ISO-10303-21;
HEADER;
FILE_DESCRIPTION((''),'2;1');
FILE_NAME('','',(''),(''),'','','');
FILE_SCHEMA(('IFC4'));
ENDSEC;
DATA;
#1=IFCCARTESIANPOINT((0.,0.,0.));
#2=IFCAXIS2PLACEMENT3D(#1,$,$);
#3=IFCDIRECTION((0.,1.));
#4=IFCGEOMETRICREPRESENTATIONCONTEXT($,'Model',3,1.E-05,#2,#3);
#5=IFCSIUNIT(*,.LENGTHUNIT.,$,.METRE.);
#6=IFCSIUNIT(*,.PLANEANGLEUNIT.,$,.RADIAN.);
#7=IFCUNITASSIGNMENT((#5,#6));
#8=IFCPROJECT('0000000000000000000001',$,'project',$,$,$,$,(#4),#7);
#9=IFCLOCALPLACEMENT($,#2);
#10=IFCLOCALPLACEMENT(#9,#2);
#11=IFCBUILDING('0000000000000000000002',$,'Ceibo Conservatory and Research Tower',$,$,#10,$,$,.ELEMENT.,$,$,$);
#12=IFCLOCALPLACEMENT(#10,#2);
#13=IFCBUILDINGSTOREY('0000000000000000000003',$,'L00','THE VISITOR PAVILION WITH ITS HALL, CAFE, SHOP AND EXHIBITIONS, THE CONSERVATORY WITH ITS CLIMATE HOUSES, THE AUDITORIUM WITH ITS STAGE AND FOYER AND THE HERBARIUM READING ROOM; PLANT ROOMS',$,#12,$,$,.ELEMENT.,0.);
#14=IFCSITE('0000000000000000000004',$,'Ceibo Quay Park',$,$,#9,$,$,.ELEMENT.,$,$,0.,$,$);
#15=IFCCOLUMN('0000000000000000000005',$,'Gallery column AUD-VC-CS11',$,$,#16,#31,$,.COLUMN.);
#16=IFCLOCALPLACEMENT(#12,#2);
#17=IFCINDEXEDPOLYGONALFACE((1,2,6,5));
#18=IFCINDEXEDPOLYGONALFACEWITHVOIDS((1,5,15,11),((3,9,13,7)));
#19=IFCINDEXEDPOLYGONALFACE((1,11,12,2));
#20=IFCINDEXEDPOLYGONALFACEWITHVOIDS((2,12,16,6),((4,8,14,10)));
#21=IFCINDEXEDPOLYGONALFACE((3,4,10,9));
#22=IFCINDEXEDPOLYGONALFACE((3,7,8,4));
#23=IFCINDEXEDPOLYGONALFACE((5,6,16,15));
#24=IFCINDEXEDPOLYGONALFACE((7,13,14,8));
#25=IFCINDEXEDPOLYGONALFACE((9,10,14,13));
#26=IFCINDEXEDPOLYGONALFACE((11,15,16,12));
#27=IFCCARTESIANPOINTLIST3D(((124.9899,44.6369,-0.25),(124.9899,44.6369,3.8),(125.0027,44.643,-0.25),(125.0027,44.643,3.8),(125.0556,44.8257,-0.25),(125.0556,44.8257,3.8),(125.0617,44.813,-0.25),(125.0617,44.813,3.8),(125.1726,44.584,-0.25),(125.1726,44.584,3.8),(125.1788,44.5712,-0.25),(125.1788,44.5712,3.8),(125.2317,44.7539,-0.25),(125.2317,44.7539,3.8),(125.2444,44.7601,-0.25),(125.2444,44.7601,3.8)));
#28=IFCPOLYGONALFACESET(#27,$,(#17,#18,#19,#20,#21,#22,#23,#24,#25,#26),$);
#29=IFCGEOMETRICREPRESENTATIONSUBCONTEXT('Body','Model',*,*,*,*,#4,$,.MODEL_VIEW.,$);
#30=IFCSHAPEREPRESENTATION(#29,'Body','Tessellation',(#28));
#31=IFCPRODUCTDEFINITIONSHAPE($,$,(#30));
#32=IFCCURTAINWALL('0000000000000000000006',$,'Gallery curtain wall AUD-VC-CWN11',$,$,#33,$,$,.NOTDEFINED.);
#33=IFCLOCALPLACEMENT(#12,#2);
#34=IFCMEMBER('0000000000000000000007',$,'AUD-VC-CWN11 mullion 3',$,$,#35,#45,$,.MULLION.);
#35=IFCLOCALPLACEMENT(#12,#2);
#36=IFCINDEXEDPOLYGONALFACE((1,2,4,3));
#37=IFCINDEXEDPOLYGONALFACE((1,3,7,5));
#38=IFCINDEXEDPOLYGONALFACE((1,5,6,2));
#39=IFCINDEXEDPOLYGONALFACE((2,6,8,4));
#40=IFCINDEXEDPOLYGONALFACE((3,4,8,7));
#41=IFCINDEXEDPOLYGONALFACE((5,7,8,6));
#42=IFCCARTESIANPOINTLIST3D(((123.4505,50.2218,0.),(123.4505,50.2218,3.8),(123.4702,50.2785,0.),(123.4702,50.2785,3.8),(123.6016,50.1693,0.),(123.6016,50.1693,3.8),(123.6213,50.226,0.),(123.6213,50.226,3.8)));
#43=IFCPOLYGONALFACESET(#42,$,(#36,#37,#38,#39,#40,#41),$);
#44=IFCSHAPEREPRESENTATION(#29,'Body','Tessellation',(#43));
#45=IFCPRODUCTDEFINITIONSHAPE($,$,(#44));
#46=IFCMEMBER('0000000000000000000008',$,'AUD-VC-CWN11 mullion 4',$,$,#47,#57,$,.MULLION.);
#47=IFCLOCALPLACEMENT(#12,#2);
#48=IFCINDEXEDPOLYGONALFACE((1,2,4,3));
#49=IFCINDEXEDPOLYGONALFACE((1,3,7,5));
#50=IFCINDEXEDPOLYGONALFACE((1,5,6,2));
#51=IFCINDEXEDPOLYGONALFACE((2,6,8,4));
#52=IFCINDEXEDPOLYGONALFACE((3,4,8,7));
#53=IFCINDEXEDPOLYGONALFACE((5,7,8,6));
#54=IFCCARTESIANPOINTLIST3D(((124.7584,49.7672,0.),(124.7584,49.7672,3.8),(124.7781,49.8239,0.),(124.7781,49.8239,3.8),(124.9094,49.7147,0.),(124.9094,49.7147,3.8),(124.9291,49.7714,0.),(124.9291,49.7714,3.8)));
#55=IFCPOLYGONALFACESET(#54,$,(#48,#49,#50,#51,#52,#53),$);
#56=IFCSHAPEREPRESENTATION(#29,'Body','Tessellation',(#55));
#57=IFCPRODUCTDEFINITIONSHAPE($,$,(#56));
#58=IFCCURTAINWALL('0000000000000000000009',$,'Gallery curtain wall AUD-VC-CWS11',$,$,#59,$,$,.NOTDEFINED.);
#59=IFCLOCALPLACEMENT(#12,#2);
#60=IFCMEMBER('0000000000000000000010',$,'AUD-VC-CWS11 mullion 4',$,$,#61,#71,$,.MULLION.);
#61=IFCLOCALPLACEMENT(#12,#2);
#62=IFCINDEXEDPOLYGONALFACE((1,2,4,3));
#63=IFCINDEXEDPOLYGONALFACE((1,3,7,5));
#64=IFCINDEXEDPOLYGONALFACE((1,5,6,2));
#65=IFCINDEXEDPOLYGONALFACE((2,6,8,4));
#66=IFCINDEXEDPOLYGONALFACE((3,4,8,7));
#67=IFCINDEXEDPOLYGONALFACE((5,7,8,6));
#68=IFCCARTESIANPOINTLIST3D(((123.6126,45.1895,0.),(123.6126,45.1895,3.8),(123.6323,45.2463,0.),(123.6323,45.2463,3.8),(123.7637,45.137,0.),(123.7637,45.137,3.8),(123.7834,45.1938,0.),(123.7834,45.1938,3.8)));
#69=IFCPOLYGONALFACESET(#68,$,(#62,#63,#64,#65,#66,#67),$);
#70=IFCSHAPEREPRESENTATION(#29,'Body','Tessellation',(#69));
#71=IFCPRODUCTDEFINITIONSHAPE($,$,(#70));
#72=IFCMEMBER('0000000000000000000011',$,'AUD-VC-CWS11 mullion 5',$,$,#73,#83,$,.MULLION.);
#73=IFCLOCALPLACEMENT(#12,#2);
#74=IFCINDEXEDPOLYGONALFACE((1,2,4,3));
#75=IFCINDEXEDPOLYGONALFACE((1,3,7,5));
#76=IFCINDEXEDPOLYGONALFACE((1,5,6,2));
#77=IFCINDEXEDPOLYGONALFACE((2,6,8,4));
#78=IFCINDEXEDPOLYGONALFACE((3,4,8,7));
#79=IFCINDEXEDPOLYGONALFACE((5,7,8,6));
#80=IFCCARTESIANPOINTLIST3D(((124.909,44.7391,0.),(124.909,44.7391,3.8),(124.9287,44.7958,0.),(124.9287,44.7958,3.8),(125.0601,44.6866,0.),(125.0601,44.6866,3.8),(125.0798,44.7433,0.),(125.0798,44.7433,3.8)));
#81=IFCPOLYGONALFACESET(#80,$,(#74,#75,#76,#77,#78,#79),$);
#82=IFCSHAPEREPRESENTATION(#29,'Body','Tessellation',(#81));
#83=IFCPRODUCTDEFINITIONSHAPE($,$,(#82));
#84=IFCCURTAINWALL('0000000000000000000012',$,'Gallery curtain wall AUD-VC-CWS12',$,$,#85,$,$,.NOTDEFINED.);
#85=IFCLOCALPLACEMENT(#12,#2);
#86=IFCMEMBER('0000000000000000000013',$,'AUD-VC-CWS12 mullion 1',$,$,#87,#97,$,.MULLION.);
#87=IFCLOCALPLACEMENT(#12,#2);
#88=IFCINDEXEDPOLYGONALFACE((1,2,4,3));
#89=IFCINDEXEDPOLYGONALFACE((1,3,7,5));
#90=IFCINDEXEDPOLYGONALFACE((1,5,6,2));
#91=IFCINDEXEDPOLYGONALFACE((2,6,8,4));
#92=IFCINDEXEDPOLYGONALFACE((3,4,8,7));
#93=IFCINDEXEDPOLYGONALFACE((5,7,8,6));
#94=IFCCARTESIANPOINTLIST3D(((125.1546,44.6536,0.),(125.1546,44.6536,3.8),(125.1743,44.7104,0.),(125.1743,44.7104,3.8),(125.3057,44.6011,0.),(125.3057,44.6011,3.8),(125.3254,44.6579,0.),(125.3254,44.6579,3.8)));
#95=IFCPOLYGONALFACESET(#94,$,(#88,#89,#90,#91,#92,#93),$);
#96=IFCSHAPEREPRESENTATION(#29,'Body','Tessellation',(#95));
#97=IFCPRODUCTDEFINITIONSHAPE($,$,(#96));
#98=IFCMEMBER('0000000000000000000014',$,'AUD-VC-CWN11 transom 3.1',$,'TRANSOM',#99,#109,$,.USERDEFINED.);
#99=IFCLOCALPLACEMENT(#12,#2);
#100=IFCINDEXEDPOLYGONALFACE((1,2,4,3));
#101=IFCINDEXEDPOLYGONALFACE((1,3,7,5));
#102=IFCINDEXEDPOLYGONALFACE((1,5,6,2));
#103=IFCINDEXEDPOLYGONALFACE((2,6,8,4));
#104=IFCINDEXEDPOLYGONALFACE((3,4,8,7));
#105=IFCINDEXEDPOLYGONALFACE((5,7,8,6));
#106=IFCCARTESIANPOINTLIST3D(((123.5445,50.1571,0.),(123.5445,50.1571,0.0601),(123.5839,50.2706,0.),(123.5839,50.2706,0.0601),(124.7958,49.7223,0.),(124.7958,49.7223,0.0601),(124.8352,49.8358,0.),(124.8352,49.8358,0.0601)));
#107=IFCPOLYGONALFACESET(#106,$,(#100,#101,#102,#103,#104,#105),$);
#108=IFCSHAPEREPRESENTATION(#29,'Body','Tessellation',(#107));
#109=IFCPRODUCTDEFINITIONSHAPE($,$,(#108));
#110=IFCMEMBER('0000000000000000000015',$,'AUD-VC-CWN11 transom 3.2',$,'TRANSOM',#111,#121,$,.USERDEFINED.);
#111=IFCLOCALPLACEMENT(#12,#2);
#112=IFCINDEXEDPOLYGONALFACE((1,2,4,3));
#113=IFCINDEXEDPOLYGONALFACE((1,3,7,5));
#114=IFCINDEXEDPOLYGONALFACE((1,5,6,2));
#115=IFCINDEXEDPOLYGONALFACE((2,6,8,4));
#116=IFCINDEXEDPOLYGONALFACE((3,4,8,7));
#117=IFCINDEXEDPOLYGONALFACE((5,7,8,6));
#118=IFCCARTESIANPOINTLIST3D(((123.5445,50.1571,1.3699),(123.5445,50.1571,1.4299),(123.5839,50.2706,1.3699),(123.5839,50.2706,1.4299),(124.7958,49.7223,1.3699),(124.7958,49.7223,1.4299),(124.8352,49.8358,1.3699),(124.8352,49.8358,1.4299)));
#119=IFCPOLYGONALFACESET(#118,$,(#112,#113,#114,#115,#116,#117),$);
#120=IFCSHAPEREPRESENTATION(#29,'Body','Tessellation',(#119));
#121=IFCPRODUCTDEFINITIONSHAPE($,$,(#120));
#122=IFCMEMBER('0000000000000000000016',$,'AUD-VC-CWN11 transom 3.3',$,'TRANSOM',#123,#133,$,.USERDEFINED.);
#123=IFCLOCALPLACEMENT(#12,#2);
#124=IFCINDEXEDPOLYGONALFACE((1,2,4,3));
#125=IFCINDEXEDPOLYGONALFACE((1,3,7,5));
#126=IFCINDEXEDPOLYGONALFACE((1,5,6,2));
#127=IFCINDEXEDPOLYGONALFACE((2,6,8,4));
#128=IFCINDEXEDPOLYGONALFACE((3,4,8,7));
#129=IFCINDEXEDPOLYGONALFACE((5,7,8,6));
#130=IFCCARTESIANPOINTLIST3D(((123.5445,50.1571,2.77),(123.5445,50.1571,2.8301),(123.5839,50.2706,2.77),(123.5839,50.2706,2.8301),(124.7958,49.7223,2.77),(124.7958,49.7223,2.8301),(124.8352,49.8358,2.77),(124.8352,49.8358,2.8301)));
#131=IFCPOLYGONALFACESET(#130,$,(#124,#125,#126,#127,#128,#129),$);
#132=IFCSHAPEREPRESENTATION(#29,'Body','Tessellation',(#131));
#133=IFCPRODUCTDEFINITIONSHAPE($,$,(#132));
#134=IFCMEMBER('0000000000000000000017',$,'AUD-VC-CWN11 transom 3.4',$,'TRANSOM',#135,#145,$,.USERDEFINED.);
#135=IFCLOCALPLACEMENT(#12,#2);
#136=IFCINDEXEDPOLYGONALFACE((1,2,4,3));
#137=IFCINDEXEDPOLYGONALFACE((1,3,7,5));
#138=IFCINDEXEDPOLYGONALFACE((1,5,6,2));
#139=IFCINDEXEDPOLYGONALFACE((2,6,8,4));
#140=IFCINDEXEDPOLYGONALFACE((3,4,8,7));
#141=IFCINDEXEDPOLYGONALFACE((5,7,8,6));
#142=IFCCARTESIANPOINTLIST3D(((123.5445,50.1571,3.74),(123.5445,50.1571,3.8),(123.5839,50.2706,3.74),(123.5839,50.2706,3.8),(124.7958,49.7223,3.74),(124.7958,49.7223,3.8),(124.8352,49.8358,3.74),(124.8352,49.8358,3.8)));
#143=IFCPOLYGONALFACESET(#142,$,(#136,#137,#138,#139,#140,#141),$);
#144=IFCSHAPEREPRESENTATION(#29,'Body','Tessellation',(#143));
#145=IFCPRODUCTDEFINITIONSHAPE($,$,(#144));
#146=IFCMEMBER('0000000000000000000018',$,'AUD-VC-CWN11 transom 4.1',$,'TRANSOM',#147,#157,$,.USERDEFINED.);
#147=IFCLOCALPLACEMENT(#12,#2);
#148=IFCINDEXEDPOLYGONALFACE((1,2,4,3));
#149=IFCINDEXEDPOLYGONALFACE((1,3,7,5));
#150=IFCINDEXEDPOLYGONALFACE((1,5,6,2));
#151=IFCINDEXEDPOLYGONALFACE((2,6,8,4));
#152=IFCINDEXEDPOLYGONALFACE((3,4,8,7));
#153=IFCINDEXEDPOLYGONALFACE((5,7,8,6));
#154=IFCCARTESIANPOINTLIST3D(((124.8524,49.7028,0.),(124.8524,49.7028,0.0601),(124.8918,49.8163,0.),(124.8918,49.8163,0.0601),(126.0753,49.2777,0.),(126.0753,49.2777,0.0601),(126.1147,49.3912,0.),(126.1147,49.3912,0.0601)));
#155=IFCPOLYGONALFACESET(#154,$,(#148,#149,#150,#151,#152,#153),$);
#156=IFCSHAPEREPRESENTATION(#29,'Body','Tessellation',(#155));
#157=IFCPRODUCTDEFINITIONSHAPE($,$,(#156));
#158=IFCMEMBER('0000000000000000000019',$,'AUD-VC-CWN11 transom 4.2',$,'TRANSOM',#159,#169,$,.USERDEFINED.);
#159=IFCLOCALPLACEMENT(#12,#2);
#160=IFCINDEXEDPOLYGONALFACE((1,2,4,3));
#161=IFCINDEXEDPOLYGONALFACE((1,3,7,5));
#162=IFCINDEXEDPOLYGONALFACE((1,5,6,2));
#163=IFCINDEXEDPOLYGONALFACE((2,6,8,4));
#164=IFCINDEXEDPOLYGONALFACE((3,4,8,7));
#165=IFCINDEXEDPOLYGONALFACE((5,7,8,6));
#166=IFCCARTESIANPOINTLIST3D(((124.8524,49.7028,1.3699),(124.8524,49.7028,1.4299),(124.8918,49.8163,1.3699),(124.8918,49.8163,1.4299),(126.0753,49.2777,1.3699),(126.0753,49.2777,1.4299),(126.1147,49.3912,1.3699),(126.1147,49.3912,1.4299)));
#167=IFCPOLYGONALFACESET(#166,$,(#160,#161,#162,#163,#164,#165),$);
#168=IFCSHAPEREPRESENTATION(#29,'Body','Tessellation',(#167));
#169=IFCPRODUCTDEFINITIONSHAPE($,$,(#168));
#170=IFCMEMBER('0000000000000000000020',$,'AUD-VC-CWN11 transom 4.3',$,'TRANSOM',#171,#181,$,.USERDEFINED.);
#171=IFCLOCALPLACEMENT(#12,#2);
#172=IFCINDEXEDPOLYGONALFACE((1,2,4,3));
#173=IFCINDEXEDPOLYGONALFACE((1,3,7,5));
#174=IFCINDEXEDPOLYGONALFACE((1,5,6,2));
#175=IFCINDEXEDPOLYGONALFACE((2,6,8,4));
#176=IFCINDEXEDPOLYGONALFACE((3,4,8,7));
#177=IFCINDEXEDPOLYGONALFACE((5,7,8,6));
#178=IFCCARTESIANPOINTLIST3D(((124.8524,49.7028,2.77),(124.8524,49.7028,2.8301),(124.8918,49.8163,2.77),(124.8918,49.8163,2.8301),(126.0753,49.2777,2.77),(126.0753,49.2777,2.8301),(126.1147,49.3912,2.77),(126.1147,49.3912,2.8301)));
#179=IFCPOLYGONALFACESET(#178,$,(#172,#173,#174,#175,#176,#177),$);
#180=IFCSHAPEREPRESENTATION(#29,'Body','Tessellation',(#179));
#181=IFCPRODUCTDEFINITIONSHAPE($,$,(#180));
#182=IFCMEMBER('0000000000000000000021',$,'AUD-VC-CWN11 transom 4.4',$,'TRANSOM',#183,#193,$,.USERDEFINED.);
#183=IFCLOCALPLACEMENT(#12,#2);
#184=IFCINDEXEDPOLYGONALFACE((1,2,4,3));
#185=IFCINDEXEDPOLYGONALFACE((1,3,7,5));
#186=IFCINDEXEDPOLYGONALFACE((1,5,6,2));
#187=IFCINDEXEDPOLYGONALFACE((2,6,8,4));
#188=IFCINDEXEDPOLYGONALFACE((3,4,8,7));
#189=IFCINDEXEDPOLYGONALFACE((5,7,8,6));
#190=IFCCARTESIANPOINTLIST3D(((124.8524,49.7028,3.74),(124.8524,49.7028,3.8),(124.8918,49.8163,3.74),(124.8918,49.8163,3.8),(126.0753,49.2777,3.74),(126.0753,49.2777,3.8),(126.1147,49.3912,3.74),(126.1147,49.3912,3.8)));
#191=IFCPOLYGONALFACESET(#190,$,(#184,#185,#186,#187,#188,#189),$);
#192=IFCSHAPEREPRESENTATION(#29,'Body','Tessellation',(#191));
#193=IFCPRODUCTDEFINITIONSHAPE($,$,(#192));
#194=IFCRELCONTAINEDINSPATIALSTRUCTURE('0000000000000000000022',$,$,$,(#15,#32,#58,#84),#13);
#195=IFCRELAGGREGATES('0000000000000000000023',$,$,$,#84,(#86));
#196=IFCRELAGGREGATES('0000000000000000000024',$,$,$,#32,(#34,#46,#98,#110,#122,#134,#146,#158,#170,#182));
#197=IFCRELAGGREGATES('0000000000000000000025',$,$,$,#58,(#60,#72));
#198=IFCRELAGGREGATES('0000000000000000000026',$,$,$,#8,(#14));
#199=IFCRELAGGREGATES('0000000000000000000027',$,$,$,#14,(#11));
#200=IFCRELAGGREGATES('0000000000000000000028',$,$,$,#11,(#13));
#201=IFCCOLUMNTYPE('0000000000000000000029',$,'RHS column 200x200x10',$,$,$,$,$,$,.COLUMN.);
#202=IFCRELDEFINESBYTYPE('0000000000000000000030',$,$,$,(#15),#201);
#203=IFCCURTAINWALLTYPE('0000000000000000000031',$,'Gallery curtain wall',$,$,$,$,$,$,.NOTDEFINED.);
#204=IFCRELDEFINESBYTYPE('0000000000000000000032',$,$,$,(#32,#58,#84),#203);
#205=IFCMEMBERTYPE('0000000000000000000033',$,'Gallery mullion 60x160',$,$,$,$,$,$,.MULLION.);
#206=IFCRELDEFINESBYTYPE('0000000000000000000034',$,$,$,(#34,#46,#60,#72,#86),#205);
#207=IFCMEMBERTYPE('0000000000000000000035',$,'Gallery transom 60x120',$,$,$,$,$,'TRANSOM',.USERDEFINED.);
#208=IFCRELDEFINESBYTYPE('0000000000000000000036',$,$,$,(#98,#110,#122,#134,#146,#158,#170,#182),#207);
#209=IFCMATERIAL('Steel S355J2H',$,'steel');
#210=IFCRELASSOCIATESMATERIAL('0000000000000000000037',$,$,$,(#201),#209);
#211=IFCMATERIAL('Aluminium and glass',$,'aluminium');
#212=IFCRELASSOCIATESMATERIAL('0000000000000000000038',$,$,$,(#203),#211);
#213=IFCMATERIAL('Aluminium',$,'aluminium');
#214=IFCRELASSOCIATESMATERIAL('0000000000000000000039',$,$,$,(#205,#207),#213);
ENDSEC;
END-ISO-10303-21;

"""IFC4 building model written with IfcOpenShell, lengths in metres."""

from ifc_helpers import new_model, si_unit, direction, frame, origin, origin_2d, place, context, subcontext, project, spatial, rectangle, hollow_rectangle, extrude, material, material_profile, profile_set, type_object, element, aggregate, save


model = new_model("IFC4")

# Units and contexts
model_context = context("Model", 3, precision=1e-05, world=origin(), true_north=direction((0.0, 1.0)))
body_context = subcontext(model_context, "Body", "Model", "MODEL_VIEW")
ifc_project = project(units=[si_unit("LENGTHUNIT", "METRE"), si_unit("PLANEANGLEUNIT", "RADIAN")], contexts=[model_context])

# Site, building, storey
site_placement = place(None, origin())
site = spatial("IfcSite", under=ifc_project, at=site_placement, Name="Ceibo Quay Park", CompositionType="ELEMENT", RefElevation=0.0)
building_placement = place(site_placement, origin())
building = spatial("IfcBuilding", under=site, at=building_placement, Name="Ceibo Conservatory and Research Tower", CompositionType="ELEMENT")
storey_placement = place(building_placement, origin())
storey = spatial("IfcBuildingStorey", under=building, at=storey_placement, Name="L00", Description="THE VISITOR PAVILION WITH ITS HALL, CAFE, SHOP AND EXHIBITIONS, THE CONSERVATORY WITH ITS CLIMATE HOUSES, THE AUDITORIUM WITH ITS STAGE AND FOYER AND THE HERBARIUM READING ROOM; PLANT ROOMS", CompositionType="ELEMENT", Elevation=0.0)

# Column
ifc_material_1 = material(Name="Steel S355J2H", Category="steel")
ifc_material_profile_1 = material_profile(ifc_material_1, hollow_rectangle(XDim=0.2, YDim=0.2, WallThickness=0.01, at=origin_2d()), Name="RHS column 200x200x10")
ifc_profile_set_1 = profile_set([ifc_material_profile_1], Name="Steel S355J2H")
column_type = type_object("IfcColumnType", Name="RHS column 200x200x10", PredefinedType="COLUMN", material=ifc_profile_set_1)
column_placement = place(storey_placement, frame((125.1172, 44.6985, -0.25), z_axis=(0.0, 0.0, 1.0), x_axis=(0.944579, -0.328284, 0.0)))
element("IfcColumn", 1, at=column_placement, inside=storey, type_object=column_type, Name="Gallery column AUD-VC-CS11", PredefinedType="COLUMN", context=body_context, shape_type="SweptSolid", body=[
    extrude(hollow_rectangle(XDim=0.2, YDim=0.2, WallThickness=0.01, at=origin_2d()), origin(), (0.0, 0.0, 1.0), 4.05),
])

# Curtain walls, members
ifc_material_2 = material(Name="Aluminium and glass", Category="aluminium")
curtain_wall_type = type_object("IfcCurtainWallType", Name="Gallery curtain wall", PredefinedType="NOTDEFINED", material=ifc_material_2)
curtain_wall_1_placement = place(storey_placement, origin())
curtain_wall_1 = element("IfcCurtainWall", 2, at=curtain_wall_1_placement, inside=storey, type_object=curtain_wall_type, Name="Gallery curtain wall AUD-VC-CWN11", PredefinedType="NOTDEFINED")
ifc_material_3 = material(Name="Aluminium", Category="aluminium")
ifc_material_profile_2 = material_profile(ifc_material_3, rectangle(XDim=0.0601, YDim=0.1599, at=origin_2d()), Name="AL 60x160")
ifc_profile_set_2 = profile_set([ifc_material_profile_2], Name="Aluminium")
member_type_1 = type_object("IfcMemberType", Name="Gallery mullion 60x160", PredefinedType="MULLION", material=ifc_profile_set_2)
member_1_placement = place(storey_placement, frame((123.5359, 50.2239, 0.0), z_axis=(0.0, 0.0, 1.0), x_axis=(0.328284, 0.944579, 0.0)))
member_1 = element("IfcMember", 3, at=member_1_placement, type_object=member_type_1, Name="AUD-VC-CWN11 mullion 3", PredefinedType="MULLION", context=body_context, shape_type="SweptSolid", body=[
    extrude(rectangle(XDim=0.0601, YDim=0.1599, at=origin_2d()), origin(), (0.0, 0.0, 1.0), 3.8),
])
member_2_placement = place(storey_placement, frame((124.8438, 49.7693, 0.0), z_axis=(0.0, 0.0, 1.0), x_axis=(0.328284, 0.944579, 0.0)))
member_2 = element("IfcMember", 4, at=member_2_placement, type_object=member_type_1, Name="AUD-VC-CWN11 mullion 4", PredefinedType="MULLION", context=body_context, shape_type="SweptSolid", body=[
    extrude(rectangle(XDim=0.0601, YDim=0.1599, at=origin_2d()), origin(), (0.0, 0.0, 1.0), 3.8),
])
curtain_wall_2_placement = place(storey_placement, origin())
curtain_wall_2 = element("IfcCurtainWall", 5, at=curtain_wall_2_placement, inside=storey, type_object=curtain_wall_type, Name="Gallery curtain wall AUD-VC-CWS11", PredefinedType="NOTDEFINED")
member_3_placement = place(storey_placement, frame((123.698, 45.1917, 0.0), z_axis=(0.0, 0.0, 1.0), x_axis=(0.328284, 0.944579, 0.0)))
member_3 = element("IfcMember", 6, at=member_3_placement, type_object=member_type_1, Name="AUD-VC-CWS11 mullion 4", PredefinedType="MULLION", context=body_context, shape_type="SweptSolid", body=[
    extrude(rectangle(XDim=0.0601, YDim=0.1599, at=origin_2d()), origin(), (0.0, 0.0, 1.0), 3.8),
])
member_4_placement = place(storey_placement, frame((124.9944, 44.7412, 0.0), z_axis=(0.0, 0.0, 1.0), x_axis=(0.328284, 0.944579, 0.0)))
member_4 = element("IfcMember", 7, at=member_4_placement, type_object=member_type_1, Name="AUD-VC-CWS11 mullion 5", PredefinedType="MULLION", context=body_context, shape_type="SweptSolid", body=[
    extrude(rectangle(XDim=0.0601, YDim=0.1599, at=origin_2d()), origin(), (0.0, 0.0, 1.0), 3.8),
])

# Curtain wall, member
curtain_wall_3_placement = place(storey_placement, origin())
curtain_wall_3 = element("IfcCurtainWall", 8, at=curtain_wall_3_placement, inside=storey, type_object=curtain_wall_type, Name="Gallery curtain wall AUD-VC-CWS12", PredefinedType="NOTDEFINED")
member_5_placement = place(storey_placement, frame((125.24, 44.6558, 0.0), z_axis=(0.0, 0.0, 1.0), x_axis=(0.328284, 0.944579, 0.0)))
member_5 = element("IfcMember", 9, at=member_5_placement, type_object=member_type_1, Name="AUD-VC-CWS12 mullion 1", PredefinedType="MULLION", context=body_context, shape_type="SweptSolid", body=[
    extrude(rectangle(XDim=0.0601, YDim=0.1599, at=origin_2d()), origin(), (0.0, 0.0, 1.0), 3.8),
])
aggregate(curtain_wall_3, [member_5])

# Members
ifc_material_profile_3 = material_profile(ifc_material_3, rectangle(XDim=0.1201, YDim=0.0601, at=origin_2d()), Name="AL 60x120")
ifc_profile_set_3 = profile_set([ifc_material_profile_3], Name="Aluminium")
member_type_2 = type_object("IfcMemberType", Name="Gallery transom 60x120", ElementType="TRANSOM", PredefinedType="USERDEFINED", material=ifc_profile_set_3)
member_6_placement = place(storey_placement, frame((123.5642, 50.2139, 0.03), z_axis=(0.944589, -0.328256, 0.0), x_axis=(0.328256, 0.944589, 0.0)))
member_6 = element("IfcMember", 10, at=member_6_placement, type_object=member_type_2, Name="AUD-VC-CWN11 transom 3.1", ObjectType="TRANSOM", PredefinedType="USERDEFINED", context=body_context, shape_type="SweptSolid", body=[
    extrude(rectangle(XDim=0.1201, YDim=0.0601, at=origin_2d()), origin(), (0.0, 0.0, 1.0), 1.3247),
])
member_7_placement = place(storey_placement, frame((123.5642, 50.2139, 1.3999), z_axis=(0.944589, -0.328256, 0.0), x_axis=(0.328256, 0.944589, 0.0)))
member_7 = element("IfcMember", 11, at=member_7_placement, type_object=member_type_2, Name="AUD-VC-CWN11 transom 3.2", ObjectType="TRANSOM", PredefinedType="USERDEFINED", context=body_context, shape_type="SweptSolid", body=[
    extrude(rectangle(XDim=0.1201, YDim=0.0601, at=origin_2d()), origin(), (0.0, 0.0, 1.0), 1.3247),
])
member_8_placement = place(storey_placement, frame((123.5642, 50.2139, 2.8), z_axis=(0.944589, -0.328256, 0.0), x_axis=(0.328256, 0.944589, 0.0)))
member_8 = element("IfcMember", 12, at=member_8_placement, type_object=member_type_2, Name="AUD-VC-CWN11 transom 3.3", ObjectType="TRANSOM", PredefinedType="USERDEFINED", context=body_context, shape_type="SweptSolid", body=[
    extrude(rectangle(XDim=0.1201, YDim=0.0601, at=origin_2d()), origin(), (0.0, 0.0, 1.0), 1.3247),
])
member_9_placement = place(storey_placement, frame((123.5642, 50.2139, 3.77), z_axis=(0.944589, -0.328256, 0.0), x_axis=(0.328256, 0.944589, 0.0)))
member_9 = element("IfcMember", 13, at=member_9_placement, type_object=member_type_2, Name="AUD-VC-CWN11 transom 3.4", ObjectType="TRANSOM", PredefinedType="USERDEFINED", context=body_context, shape_type="SweptSolid", body=[
    extrude(rectangle(XDim=0.1201, YDim=0.0601, at=origin_2d()), origin(), (0.0, 0.0, 1.0), 1.3247),
])
member_10_placement = place(storey_placement, frame((124.8721, 49.7595, 0.03), z_axis=(0.944571, -0.328309, 0.0), x_axis=(0.328309, 0.944571, 0.0)))
member_10 = element("IfcMember", 14, at=member_10_placement, type_object=member_type_2, Name="AUD-VC-CWN11 transom 4.1", ObjectType="TRANSOM", PredefinedType="USERDEFINED", context=body_context, shape_type="SweptSolid", body=[
    extrude(rectangle(XDim=0.1201, YDim=0.0601, at=origin_2d()), origin(), (0.0, 0.0, 1.0), 1.2947),
])
member_11_placement = place(storey_placement, frame((124.8721, 49.7595, 1.3999), z_axis=(0.944571, -0.328309, 0.0), x_axis=(0.328309, 0.944571, 0.0)))
member_11 = element("IfcMember", 15, at=member_11_placement, type_object=member_type_2, Name="AUD-VC-CWN11 transom 4.2", ObjectType="TRANSOM", PredefinedType="USERDEFINED", context=body_context, shape_type="SweptSolid", body=[
    extrude(rectangle(XDim=0.1201, YDim=0.0601, at=origin_2d()), origin(), (0.0, 0.0, 1.0), 1.2947),
])
member_12_placement = place(storey_placement, frame((124.8721, 49.7595, 2.8), z_axis=(0.944571, -0.328309, 0.0), x_axis=(0.328309, 0.944571, 0.0)))
member_12 = element("IfcMember", 16, at=member_12_placement, type_object=member_type_2, Name="AUD-VC-CWN11 transom 4.3", ObjectType="TRANSOM", PredefinedType="USERDEFINED", context=body_context, shape_type="SweptSolid", body=[
    extrude(rectangle(XDim=0.1201, YDim=0.0601, at=origin_2d()), origin(), (0.0, 0.0, 1.0), 1.2947),
])
member_13_placement = place(storey_placement, frame((124.8721, 49.7595, 3.77), z_axis=(0.944571, -0.328309, 0.0), x_axis=(0.328309, 0.944571, 0.0)))
member_13 = element("IfcMember", 17, at=member_13_placement, type_object=member_type_2, Name="AUD-VC-CWN11 transom 4.4", ObjectType="TRANSOM", PredefinedType="USERDEFINED", context=body_context, shape_type="SweptSolid", body=[
    extrude(rectangle(XDim=0.1201, YDim=0.0601, at=origin_2d()), origin(), (0.0, 0.0, 1.0), 1.2947),
])

aggregate(curtain_wall_1, [member_1, member_2, member_6, member_7, member_8, member_9, member_10, member_11, member_12, member_13])
aggregate(curtain_wall_2, [member_3, member_4])

save(model, "model.ifc")
